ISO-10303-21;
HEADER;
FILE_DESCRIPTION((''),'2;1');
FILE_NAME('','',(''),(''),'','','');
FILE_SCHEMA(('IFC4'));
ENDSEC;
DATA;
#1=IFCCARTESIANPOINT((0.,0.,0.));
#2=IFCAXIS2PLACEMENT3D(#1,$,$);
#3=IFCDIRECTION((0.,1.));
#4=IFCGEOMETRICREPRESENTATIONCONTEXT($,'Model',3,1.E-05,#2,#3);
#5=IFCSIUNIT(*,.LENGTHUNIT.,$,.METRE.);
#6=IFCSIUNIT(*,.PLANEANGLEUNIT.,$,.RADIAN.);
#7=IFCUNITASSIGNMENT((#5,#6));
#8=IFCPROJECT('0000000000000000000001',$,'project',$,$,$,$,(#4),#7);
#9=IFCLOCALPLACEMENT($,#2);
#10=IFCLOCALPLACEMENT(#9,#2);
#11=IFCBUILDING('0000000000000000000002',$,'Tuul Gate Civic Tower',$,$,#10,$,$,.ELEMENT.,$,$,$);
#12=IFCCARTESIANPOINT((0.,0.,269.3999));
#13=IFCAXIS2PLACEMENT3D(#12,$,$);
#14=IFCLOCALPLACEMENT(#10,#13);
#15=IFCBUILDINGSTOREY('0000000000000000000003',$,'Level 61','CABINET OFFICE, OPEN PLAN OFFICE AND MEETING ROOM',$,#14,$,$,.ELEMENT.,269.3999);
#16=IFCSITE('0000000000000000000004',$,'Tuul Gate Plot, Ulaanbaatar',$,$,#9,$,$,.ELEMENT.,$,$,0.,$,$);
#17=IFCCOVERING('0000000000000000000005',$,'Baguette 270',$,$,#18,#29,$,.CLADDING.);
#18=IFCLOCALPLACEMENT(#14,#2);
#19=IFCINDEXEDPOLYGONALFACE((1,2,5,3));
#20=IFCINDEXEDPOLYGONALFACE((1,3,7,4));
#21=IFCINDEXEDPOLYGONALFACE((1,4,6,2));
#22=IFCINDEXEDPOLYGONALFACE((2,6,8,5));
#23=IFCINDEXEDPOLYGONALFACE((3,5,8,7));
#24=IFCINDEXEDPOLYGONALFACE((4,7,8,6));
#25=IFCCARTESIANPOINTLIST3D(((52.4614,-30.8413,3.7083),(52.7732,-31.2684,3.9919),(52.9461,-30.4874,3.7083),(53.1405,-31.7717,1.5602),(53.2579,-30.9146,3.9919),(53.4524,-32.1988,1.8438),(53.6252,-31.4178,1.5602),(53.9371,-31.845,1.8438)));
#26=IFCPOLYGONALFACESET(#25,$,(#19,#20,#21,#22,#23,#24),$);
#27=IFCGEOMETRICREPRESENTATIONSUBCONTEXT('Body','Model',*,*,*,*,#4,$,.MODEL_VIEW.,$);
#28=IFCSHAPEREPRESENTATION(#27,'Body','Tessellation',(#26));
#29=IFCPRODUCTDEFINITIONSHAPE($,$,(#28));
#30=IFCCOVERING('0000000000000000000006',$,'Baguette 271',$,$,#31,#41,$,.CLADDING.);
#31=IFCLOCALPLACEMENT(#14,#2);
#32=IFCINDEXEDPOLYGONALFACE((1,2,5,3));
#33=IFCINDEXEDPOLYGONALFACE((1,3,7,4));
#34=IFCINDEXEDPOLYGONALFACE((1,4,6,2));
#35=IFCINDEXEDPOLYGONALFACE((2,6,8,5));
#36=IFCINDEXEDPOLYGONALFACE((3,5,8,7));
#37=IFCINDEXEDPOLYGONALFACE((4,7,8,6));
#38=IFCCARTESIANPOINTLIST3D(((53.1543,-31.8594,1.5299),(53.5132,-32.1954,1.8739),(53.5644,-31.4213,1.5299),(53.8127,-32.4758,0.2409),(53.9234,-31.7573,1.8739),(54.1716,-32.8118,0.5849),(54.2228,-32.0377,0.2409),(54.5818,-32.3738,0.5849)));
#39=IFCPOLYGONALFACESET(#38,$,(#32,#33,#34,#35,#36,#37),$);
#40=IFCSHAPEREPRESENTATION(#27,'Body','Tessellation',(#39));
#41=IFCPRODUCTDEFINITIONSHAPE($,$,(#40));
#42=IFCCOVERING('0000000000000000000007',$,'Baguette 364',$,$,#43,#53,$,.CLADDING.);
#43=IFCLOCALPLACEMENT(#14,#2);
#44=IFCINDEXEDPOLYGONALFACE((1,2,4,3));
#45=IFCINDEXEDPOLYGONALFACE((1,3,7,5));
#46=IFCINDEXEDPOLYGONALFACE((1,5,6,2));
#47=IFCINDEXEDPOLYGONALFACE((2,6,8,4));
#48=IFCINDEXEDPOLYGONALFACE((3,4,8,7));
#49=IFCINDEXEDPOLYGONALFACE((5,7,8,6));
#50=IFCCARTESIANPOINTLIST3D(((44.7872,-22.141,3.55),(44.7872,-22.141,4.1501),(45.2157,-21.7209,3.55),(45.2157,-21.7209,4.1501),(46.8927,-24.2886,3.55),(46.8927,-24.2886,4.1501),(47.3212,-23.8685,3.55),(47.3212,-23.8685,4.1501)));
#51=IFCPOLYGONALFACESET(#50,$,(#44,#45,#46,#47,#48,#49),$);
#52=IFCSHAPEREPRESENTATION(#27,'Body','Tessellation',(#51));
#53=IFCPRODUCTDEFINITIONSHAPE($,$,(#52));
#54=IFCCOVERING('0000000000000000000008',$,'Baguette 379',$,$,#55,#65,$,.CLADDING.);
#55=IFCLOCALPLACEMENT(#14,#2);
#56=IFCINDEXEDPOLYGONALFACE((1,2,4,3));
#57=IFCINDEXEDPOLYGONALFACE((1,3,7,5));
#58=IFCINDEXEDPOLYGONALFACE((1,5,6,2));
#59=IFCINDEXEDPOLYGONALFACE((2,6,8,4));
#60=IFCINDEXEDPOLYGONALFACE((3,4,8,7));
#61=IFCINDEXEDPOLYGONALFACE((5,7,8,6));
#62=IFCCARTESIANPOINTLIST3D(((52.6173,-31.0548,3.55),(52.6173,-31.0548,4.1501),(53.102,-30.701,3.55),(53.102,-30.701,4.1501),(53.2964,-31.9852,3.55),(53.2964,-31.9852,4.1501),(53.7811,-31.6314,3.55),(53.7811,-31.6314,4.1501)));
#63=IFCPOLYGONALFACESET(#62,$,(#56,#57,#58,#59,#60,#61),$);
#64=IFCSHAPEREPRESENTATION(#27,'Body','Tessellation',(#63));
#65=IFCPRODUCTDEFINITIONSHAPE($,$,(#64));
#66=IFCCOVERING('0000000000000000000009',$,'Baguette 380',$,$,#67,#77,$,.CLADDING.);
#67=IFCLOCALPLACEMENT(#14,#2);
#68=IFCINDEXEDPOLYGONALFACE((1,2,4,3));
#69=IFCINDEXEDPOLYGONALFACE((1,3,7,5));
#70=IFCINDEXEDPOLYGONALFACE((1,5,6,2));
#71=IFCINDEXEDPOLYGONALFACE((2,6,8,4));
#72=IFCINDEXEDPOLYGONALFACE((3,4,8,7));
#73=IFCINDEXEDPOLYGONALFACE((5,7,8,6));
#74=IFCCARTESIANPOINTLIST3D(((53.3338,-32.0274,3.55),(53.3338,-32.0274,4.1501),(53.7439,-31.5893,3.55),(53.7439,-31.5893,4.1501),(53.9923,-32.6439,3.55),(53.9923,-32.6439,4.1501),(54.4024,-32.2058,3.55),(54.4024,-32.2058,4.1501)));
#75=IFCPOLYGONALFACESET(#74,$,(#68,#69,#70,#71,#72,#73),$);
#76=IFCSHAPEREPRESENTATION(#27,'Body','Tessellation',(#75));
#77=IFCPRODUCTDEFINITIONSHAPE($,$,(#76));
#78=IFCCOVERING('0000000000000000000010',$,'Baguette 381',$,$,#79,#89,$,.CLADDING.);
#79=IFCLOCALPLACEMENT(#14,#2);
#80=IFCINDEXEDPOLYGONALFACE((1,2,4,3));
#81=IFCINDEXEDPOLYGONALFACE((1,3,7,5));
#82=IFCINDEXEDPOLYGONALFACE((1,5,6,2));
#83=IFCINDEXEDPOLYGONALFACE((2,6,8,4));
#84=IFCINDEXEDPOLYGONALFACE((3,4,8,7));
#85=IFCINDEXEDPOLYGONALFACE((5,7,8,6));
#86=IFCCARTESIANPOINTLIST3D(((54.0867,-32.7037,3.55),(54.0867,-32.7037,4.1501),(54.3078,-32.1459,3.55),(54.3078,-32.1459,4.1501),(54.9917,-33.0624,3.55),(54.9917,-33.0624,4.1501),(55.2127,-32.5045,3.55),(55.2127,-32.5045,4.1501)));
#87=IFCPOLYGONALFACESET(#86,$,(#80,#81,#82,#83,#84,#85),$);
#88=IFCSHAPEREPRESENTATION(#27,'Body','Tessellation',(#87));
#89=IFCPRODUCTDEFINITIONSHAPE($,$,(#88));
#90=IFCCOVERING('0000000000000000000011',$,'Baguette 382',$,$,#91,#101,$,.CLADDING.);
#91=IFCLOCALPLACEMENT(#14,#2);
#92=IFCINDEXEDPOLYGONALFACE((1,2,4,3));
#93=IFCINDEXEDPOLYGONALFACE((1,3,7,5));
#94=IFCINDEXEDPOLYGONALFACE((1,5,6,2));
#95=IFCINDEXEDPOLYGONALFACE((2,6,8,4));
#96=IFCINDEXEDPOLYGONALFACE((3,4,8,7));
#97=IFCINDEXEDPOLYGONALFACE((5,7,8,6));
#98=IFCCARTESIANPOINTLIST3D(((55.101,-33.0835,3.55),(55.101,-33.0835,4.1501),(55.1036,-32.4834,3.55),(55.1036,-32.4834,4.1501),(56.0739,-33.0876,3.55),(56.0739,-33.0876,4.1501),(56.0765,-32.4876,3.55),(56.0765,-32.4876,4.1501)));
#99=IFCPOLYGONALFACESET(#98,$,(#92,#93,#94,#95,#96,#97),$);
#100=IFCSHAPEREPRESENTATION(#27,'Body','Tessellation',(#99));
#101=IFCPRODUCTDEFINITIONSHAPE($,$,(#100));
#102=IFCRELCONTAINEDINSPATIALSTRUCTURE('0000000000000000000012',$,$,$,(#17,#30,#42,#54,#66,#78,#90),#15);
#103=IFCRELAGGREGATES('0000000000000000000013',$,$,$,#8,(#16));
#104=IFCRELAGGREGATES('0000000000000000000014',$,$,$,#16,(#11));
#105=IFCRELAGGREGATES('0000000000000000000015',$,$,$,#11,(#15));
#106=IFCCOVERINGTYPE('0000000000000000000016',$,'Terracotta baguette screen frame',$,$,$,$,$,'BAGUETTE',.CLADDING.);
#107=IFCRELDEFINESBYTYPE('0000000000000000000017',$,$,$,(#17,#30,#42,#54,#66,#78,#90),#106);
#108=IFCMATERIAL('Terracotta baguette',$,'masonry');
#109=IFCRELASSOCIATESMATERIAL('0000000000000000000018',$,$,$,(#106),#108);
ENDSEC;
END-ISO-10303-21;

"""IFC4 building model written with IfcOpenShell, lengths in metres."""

from ifc_helpers import new_model, si_unit, direction, frame, origin, origin_2d, place, context, subcontext, project, spatial, rectangle, extrude, material, material_profile, profile_set, type_object, element, save


model = new_model("IFC4")

# Units and contexts
model_context = context("Model", 3, precision=1e-05, world=origin(), true_north=direction((0.0, 1.0)))
body_context = subcontext(model_context, "Body", "Model", "MODEL_VIEW")
ifc_project = project(units=[si_unit("LENGTHUNIT", "METRE"), si_unit("PLANEANGLEUNIT", "RADIAN")], contexts=[model_context])

# Site, building, storey
site_placement = place(None, origin())
site = spatial("IfcSite", under=ifc_project, at=site_placement, Name="Tuul Gate Plot, Ulaanbaatar", CompositionType="ELEMENT", RefElevation=0.0)
building_placement = place(site_placement, origin())
building = spatial("IfcBuilding", under=site, at=building_placement, Name="Tuul Gate Civic Tower", CompositionType="ELEMENT")
storey_placement = place(building_placement, frame((0.0, 0.0, 269.3999)))
storey = spatial("IfcBuildingStorey", under=building, at=storey_placement, Name="Level 61", Description="CABINET OFFICE, OPEN PLAN OFFICE AND MEETING ROOM", CompositionType="ELEMENT", Elevation=269.3999)

# Coverings
ifc_material_1 = material(Name="Terracotta baguette", Category="masonry")
ifc_material_profile_1 = material_profile(ifc_material_1, rectangle(XDim=0.6001, YDim=0.6001, at=origin_2d()), Name="Terracotta baguette screen frame")
ifc_profile_set_1 = profile_set([ifc_material_profile_1], Name="Terracotta baguette")
covering_type = type_object("IfcCoveringType", Name="Terracotta baguette screen frame", ElementType="BAGUETTE", PredefinedType="CLADDING", material=ifc_profile_set_1)
covering_1_placement = place(storey_placement, frame((52.8596, -30.8779, 3.8501), z_axis=(0.278638, -0.3817, -0.881286), x_axis=(0.80769, 0.589607, 0.0)))
element("IfcCovering", 1, at=covering_1_placement, inside=storey, type_object=covering_type, Name="Baguette 270", PredefinedType="CLADDING", context=body_context, shape_type="SweptSolid", body=[
    extrude(rectangle(XDim=0.6001, YDim=0.6001, at=origin_2d()), origin(), (0.0, 0.0, 1.0), 2.4375),
])
covering_2_placement = place(storey_placement, frame((53.5388, -31.8083, 1.7019), z_axis=(0.418515, -0.391825, -0.81934), x_axis=(0.683446, 0.730001, 0.0)))
element("IfcCovering", 2, at=covering_2_placement, inside=storey, type_object=covering_type, Name="Baguette 271", PredefinedType="CLADDING", context=body_context, shape_type="SweptSolid", body=[
    extrude(rectangle(XDim=0.6001, YDim=0.6001, at=origin_2d()), origin(), (0.0, 0.0, 1.0), 1.5732),
])
covering_3_placement = place(storey_placement, frame((45.0015, -21.9309, 3.8501), z_axis=(0.70005, -0.714094, 0.0), x_axis=(0.714094, 0.70005, 0.0)))
element("IfcCovering", 3, at=covering_3_placement, inside=storey, type_object=covering_type, Name="Baguette 364", PredefinedType="CLADDING", context=body_context, shape_type="SweptSolid", body=[
    extrude(rectangle(XDim=0.6001, YDim=0.6001, at=origin_2d()), origin(), (0.0, 0.0, 1.0), 3.0076),
])
covering_4_placement = place(storey_placement, frame((52.8596, -30.8779, 3.8501), z_axis=(0.589607, -0.80769, 0.0), x_axis=(0.80769, 0.589607, 0.0)))
element("IfcCovering", 4, at=covering_4_placement, inside=storey, type_object=covering_type, Name="Baguette 379", PredefinedType="CLADDING", context=body_context, shape_type="SweptSolid", body=[
    extrude(rectangle(XDim=0.6001, YDim=0.6001, at=origin_2d()), origin(), (0.0, 0.0, 1.0), 1.1519),
])
covering_5_placement = place(storey_placement, frame((53.5388, -31.8083, 3.8501), z_axis=(0.730001, -0.683446, 0.0), x_axis=(0.683446, 0.730001, 0.0)))
element("IfcCovering", 5, at=covering_5_placement, inside=storey, type_object=covering_type, Name="Baguette 380", PredefinedType="CLADDING", context=body_context, shape_type="SweptSolid", body=[
    extrude(rectangle(XDim=0.6001, YDim=0.6001, at=origin_2d()), origin(), (0.0, 0.0, 1.0), 0.9021),
])
covering_6_placement = place(storey_placement, frame((54.1973, -32.4248, 3.8501), z_axis=(0.929665, -0.368405, 0.0), x_axis=(0.368405, 0.929665, 0.0)))
element("IfcCovering", 6, at=covering_6_placement, inside=storey, type_object=covering_type, Name="Baguette 381", PredefinedType="CLADDING", context=body_context, shape_type="SweptSolid", body=[
    extrude(rectangle(XDim=0.6001, YDim=0.6001, at=origin_2d()), origin(), (0.0, 0.0, 1.0), 0.9734),
])
covering_7_placement = place(storey_placement, frame((55.1023, -32.7834, 3.8501), z_axis=(0.999991, -0.004266, 0.0), x_axis=(0.004266, 0.999991, 0.0)))
element("IfcCovering", 7, at=covering_7_placement, inside=storey, type_object=covering_type, Name="Baguette 382", PredefinedType="CLADDING", context=body_context, shape_type="SweptSolid", body=[
    extrude(rectangle(XDim=0.6001, YDim=0.6001, at=origin_2d()), origin(), (0.0, 0.0, 1.0), 0.9729),
])

save(model, "model.ifc")
